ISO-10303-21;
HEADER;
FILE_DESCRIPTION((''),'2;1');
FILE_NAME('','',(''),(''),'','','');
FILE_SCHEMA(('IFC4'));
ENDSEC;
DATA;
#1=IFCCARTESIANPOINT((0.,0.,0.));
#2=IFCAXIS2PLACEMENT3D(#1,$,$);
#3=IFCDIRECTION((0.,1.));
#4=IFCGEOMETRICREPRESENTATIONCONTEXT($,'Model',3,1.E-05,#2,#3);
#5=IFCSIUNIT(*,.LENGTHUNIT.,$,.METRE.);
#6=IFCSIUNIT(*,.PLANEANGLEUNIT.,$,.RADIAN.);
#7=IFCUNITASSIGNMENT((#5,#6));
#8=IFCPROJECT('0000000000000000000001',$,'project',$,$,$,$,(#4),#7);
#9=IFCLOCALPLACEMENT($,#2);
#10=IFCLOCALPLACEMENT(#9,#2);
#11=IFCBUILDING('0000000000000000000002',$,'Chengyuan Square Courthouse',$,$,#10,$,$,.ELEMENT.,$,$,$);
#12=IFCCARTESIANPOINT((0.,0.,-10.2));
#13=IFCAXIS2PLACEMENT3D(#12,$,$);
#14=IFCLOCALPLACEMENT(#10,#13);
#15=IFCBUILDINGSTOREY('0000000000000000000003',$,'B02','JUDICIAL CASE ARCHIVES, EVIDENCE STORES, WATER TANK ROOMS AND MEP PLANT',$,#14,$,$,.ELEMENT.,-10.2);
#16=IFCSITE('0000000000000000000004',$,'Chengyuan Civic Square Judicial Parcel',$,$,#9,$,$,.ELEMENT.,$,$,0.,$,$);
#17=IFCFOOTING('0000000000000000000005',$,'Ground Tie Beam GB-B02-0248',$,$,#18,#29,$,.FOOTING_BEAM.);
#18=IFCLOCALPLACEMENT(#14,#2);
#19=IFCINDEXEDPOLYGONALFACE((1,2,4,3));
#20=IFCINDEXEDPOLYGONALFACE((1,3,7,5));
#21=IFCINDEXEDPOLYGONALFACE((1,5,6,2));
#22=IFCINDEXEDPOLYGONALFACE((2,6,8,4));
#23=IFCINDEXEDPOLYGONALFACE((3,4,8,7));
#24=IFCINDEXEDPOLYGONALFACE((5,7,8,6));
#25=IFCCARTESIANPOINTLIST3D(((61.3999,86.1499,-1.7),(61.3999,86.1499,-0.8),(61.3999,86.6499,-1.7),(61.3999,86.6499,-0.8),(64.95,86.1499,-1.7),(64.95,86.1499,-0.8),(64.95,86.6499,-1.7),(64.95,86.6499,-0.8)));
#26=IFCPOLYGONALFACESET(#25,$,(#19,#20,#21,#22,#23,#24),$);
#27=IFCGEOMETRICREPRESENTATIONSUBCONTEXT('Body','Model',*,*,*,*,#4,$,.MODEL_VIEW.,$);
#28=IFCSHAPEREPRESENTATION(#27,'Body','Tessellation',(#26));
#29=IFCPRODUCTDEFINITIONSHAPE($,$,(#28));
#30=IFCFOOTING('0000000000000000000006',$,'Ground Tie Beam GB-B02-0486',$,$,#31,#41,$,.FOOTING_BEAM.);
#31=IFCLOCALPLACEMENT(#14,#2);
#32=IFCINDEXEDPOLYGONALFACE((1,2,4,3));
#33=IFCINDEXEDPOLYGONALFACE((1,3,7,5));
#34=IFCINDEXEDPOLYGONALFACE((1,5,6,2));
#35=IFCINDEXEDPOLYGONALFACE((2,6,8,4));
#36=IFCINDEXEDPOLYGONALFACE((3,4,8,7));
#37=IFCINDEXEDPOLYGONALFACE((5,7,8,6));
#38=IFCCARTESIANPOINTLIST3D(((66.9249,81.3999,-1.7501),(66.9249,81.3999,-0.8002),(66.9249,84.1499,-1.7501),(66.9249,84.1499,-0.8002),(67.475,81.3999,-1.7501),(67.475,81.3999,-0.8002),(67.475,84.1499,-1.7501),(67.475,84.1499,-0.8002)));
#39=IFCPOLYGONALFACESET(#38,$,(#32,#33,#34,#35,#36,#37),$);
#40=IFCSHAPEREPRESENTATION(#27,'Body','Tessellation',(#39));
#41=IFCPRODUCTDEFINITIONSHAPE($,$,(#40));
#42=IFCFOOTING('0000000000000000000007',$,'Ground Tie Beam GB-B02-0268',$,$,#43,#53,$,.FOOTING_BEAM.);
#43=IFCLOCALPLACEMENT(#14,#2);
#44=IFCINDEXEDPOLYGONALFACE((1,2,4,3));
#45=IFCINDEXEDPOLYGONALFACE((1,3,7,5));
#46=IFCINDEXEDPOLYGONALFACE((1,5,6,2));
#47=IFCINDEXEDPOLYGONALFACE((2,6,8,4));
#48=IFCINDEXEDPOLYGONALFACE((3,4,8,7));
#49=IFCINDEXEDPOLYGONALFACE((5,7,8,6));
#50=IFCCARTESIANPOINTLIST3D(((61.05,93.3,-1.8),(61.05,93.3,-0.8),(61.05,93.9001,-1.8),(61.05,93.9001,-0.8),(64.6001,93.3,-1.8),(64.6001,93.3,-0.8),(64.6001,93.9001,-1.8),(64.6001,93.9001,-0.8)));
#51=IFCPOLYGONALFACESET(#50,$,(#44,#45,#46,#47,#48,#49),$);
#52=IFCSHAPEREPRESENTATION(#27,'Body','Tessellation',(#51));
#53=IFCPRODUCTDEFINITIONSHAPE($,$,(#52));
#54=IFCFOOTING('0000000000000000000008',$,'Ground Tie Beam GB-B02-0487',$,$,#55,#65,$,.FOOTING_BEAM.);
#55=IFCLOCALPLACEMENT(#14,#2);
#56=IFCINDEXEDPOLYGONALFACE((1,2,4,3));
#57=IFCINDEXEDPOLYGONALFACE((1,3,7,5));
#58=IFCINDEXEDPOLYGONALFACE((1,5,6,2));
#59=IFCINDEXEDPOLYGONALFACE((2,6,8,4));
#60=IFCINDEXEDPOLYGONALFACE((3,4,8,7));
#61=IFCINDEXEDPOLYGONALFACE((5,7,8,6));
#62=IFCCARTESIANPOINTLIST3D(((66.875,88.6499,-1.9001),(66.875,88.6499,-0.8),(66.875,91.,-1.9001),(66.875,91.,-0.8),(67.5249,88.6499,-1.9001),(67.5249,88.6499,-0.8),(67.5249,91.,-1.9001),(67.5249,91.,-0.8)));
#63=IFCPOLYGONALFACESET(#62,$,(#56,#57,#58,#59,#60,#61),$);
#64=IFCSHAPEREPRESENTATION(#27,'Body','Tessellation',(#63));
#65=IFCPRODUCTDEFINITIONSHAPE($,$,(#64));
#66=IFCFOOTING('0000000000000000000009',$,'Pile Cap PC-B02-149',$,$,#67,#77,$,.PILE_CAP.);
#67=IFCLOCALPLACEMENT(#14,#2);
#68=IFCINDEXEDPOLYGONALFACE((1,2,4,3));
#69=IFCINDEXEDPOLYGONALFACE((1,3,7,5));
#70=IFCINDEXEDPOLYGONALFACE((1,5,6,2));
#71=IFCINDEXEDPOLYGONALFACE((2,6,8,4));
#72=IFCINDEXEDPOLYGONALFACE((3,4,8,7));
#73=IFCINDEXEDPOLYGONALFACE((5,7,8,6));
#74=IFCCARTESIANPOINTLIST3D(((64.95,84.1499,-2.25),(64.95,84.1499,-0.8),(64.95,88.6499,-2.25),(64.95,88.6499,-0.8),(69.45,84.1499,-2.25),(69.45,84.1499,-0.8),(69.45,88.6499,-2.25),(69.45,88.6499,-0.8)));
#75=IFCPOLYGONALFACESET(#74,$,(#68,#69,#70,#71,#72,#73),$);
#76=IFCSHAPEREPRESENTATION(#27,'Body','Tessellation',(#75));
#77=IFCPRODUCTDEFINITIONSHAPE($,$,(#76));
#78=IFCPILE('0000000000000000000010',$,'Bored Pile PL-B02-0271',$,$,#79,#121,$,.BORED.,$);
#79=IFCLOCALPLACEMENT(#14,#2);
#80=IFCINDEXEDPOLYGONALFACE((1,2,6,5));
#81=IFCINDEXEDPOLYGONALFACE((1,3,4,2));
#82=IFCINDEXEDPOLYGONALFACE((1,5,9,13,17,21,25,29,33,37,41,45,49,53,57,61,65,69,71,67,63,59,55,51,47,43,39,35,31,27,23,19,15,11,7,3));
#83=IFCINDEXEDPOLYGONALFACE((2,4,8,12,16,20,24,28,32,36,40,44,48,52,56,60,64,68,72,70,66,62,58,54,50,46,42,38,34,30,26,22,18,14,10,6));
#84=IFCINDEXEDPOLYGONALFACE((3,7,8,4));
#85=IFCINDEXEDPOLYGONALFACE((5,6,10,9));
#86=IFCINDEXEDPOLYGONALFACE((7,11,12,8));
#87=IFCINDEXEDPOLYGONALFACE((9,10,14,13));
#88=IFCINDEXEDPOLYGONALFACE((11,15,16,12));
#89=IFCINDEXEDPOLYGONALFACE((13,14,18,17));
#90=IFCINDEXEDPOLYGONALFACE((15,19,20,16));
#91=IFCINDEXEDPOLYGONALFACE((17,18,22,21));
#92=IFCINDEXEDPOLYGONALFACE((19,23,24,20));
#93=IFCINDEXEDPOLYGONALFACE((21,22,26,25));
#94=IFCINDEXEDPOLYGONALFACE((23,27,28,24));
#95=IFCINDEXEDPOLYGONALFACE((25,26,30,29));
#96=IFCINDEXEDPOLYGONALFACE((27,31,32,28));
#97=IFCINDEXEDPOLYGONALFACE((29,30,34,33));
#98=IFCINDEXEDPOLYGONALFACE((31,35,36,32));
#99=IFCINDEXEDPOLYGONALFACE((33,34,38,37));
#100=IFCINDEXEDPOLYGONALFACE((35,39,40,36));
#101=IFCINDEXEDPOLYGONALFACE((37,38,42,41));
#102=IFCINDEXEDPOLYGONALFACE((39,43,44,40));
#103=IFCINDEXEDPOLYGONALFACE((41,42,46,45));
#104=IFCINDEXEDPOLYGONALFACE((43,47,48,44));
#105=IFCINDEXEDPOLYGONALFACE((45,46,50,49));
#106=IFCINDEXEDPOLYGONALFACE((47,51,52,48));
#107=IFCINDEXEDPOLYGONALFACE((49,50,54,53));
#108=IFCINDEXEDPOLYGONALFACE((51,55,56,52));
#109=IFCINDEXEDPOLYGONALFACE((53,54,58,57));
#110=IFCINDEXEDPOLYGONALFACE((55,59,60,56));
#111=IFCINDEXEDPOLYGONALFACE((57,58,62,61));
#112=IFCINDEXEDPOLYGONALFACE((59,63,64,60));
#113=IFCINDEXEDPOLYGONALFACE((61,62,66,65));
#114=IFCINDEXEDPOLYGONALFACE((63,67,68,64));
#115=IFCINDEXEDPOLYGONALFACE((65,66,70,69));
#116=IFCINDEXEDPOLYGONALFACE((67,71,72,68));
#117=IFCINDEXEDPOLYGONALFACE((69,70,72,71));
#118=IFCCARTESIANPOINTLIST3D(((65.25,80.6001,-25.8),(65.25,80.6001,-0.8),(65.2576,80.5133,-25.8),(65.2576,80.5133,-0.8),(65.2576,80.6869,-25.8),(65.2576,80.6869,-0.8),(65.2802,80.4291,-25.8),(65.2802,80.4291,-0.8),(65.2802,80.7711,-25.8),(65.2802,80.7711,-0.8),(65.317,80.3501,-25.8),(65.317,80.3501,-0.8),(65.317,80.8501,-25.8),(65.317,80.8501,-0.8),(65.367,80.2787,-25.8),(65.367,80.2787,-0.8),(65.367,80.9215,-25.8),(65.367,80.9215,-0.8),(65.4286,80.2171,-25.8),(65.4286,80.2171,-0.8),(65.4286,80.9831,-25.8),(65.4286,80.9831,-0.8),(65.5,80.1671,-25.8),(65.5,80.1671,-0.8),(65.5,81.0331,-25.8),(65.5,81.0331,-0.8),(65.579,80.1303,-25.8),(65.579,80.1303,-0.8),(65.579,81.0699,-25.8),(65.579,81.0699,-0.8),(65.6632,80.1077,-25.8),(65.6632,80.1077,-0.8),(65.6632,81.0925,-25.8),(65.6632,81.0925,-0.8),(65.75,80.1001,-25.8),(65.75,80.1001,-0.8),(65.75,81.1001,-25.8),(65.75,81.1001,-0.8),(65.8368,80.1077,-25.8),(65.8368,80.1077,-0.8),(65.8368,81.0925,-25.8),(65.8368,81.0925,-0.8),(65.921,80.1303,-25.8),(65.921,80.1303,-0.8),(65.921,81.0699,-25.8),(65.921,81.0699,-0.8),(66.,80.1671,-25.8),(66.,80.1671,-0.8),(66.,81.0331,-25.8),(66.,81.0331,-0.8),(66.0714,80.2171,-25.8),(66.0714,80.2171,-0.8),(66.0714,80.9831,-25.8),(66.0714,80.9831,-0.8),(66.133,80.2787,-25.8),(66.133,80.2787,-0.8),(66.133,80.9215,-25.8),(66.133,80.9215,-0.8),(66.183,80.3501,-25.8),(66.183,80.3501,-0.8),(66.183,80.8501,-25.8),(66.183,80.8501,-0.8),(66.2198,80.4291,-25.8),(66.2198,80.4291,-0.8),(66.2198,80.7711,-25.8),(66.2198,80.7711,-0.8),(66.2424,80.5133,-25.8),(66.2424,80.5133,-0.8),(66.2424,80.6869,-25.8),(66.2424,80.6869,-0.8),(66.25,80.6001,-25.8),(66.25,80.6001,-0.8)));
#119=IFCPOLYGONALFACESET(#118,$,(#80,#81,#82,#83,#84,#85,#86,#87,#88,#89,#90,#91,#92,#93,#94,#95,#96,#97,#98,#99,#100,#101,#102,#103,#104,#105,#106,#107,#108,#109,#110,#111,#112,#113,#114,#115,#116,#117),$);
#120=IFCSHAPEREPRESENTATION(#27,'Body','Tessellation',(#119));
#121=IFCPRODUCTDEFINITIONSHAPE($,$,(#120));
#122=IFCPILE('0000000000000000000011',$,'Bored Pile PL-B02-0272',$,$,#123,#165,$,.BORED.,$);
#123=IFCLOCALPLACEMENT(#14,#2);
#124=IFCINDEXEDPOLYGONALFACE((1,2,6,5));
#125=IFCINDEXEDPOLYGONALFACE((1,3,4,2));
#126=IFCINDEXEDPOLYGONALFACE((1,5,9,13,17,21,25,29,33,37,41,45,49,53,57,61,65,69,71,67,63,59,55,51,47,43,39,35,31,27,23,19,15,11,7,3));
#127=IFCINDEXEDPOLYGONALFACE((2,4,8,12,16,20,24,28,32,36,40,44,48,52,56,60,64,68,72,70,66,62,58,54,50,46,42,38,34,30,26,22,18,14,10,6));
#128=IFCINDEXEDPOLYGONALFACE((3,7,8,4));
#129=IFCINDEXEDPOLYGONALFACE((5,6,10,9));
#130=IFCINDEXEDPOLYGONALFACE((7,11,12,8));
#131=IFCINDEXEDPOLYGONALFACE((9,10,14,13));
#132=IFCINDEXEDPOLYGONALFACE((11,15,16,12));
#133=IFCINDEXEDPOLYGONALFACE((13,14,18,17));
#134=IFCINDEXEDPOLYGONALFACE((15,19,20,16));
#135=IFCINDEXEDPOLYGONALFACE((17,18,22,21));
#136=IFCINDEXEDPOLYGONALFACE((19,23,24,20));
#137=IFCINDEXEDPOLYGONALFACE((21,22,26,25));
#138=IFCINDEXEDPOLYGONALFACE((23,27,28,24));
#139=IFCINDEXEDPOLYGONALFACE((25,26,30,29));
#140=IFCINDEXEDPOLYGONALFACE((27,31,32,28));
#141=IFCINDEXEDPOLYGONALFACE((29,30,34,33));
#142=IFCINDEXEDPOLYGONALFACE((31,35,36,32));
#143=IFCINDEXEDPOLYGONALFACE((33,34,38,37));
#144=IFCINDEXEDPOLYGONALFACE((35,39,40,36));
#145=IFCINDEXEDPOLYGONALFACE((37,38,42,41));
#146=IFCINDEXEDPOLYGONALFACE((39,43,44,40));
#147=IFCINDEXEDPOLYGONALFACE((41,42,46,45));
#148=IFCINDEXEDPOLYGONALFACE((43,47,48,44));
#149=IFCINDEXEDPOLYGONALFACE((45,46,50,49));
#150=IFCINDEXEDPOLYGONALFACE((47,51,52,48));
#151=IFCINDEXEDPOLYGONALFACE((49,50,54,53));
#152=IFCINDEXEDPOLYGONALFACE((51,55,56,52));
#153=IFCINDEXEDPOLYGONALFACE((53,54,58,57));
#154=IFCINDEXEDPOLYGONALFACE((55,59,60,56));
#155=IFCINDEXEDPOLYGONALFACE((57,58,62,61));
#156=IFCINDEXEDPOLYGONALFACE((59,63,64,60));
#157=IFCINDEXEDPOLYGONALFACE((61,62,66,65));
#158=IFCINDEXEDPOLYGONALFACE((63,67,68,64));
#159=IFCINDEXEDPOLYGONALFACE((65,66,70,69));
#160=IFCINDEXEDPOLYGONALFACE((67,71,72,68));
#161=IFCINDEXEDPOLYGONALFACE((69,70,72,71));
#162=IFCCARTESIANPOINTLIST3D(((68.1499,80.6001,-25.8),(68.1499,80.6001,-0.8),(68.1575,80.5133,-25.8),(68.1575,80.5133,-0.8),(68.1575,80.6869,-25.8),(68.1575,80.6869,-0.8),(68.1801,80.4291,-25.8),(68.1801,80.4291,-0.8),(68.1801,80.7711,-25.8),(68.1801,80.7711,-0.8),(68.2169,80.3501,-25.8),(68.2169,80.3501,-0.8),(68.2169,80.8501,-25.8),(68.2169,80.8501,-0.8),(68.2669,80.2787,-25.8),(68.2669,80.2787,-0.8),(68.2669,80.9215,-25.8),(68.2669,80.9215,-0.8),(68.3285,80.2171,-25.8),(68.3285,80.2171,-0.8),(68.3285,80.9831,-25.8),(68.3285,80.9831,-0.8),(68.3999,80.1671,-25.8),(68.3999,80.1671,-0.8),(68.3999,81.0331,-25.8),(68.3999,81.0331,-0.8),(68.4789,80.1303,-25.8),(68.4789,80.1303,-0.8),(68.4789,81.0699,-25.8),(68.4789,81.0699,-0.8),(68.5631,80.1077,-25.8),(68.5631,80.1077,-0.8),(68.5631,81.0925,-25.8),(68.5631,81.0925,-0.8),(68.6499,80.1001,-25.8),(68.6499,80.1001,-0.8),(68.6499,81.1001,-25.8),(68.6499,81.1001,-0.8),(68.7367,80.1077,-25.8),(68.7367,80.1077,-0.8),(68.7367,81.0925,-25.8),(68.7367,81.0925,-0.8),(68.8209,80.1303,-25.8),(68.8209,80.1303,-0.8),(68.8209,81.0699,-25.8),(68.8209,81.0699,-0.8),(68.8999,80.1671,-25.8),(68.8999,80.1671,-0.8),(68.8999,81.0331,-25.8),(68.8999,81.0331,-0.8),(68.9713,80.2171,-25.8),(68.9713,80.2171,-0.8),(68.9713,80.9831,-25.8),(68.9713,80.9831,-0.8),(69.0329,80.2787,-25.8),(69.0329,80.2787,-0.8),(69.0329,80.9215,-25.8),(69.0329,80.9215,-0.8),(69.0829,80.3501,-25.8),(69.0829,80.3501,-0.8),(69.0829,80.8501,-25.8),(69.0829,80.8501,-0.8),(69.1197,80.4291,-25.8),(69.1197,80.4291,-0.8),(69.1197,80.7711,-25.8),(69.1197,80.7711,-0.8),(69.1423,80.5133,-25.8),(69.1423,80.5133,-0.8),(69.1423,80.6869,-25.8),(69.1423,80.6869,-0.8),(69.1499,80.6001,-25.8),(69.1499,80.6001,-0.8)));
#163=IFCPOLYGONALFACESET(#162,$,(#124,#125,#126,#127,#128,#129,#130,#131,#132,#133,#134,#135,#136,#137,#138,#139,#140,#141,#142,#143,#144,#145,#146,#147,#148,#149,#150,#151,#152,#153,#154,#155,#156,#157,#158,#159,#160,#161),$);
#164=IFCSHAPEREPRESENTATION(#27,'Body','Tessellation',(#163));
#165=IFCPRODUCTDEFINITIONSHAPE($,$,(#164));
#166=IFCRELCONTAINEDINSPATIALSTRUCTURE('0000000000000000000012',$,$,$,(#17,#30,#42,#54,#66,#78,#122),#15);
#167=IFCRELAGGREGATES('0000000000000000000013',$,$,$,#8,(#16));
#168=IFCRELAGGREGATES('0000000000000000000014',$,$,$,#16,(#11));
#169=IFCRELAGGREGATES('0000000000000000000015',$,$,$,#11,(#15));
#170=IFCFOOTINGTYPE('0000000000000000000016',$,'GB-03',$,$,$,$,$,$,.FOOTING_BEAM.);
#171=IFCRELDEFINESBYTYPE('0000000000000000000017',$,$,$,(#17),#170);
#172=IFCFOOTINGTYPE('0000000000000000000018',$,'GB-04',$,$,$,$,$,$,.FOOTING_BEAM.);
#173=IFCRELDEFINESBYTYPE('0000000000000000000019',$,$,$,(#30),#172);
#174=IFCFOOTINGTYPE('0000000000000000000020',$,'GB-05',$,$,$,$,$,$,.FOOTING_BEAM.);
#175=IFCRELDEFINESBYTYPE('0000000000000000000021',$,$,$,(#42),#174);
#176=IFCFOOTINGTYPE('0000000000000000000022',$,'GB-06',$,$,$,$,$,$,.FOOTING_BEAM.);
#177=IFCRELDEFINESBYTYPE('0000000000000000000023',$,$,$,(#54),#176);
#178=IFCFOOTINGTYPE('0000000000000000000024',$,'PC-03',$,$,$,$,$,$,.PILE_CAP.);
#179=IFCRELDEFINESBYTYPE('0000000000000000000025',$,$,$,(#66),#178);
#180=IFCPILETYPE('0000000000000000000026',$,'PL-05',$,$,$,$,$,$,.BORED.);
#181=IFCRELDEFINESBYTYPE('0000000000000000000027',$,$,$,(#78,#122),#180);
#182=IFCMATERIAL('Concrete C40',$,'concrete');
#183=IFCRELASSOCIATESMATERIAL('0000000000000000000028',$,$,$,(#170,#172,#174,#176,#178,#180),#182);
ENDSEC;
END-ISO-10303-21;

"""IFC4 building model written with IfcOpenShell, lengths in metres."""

from ifc_helpers import new_model, si_unit, direction, frame, origin, origin_2d, place, context, subcontext, project, spatial, rectangle, circle, extrude, material, material_profile, profile_set, type_object, element, save


model = new_model("IFC4")

# Units and contexts
model_context = context("Model", 3, precision=1e-05, world=origin(), true_north=direction((0.0, 1.0)))
body_context = subcontext(model_context, "Body", "Model", "MODEL_VIEW")
ifc_project = project(units=[si_unit("LENGTHUNIT", "METRE"), si_unit("PLANEANGLEUNIT", "RADIAN")], contexts=[model_context])

# Site, building, storey
site_placement = place(None, origin())
site = spatial("IfcSite", under=ifc_project, at=site_placement, Name="Chengyuan Civic Square Judicial Parcel", CompositionType="ELEMENT", RefElevation=0.0)
building_placement = place(site_placement, origin())
building = spatial("IfcBuilding", under=site, at=building_placement, Name="Chengyuan Square Courthouse", CompositionType="ELEMENT")
storey_placement = place(building_placement, frame((0.0, 0.0, -10.2)))
storey = spatial("IfcBuildingStorey", under=building, at=storey_placement, Name="B02", Description="JUDICIAL CASE ARCHIVES, EVIDENCE STORES, WATER TANK ROOMS AND MEP PLANT", CompositionType="ELEMENT", Elevation=-10.2)

# Footings
ifc_material_1 = material(Name="Concrete C40", Category="concrete")
ifc_material_profile_1 = material_profile(ifc_material_1, rectangle(XDim=0.5, YDim=0.8999, at=origin_2d()), Name="GB-500x900")
ifc_profile_set_1 = profile_set([ifc_material_profile_1], Name="Concrete C40")
footing_type_1 = type_object("IfcFootingType", Name="GB-03", PredefinedType="FOOTING_BEAM", material=ifc_profile_set_1)
footing_1_placement = place(storey_placement, frame((61.3999, 86.3999, -1.25), z_axis=(1.0, 0.0, 0.0), x_axis=(0.0, 1.0, 0.0)))
element("IfcFooting", 1, at=footing_1_placement, inside=storey, type_object=footing_type_1, Name="Ground Tie Beam GB-B02-0248", PredefinedType="FOOTING_BEAM", context=body_context, shape_type="SweptSolid", body=[
    extrude(rectangle(XDim=0.5, YDim=0.8999, at=origin_2d()), origin(), (0.0, 0.0, 1.0), 3.55),
])
ifc_material_profile_2 = material_profile(ifc_material_1, rectangle(XDim=0.55, YDim=0.95, at=origin_2d()), Name="GB-550x950")
ifc_profile_set_2 = profile_set([ifc_material_profile_2], Name="Concrete C40")
footing_type_2 = type_object("IfcFootingType", Name="GB-04", PredefinedType="FOOTING_BEAM", material=ifc_profile_set_2)
footing_2_placement = place(storey_placement, frame((67.2, 81.3999, -1.2751), z_axis=(0.0, 1.0, 0.0), x_axis=(-1.0, 0.0, 0.0)))
element("IfcFooting", 2, at=footing_2_placement, inside=storey, type_object=footing_type_2, Name="Ground Tie Beam GB-B02-0486", PredefinedType="FOOTING_BEAM", context=body_context, shape_type="SweptSolid", body=[
    extrude(rectangle(XDim=0.55, YDim=0.95, at=origin_2d()), origin(), (0.0, 0.0, 1.0), 2.75),
])
ifc_material_profile_3 = material_profile(ifc_material_1, rectangle(XDim=0.6001, YDim=1.0, at=origin_2d()), Name="GB-600x1000")
ifc_profile_set_3 = profile_set([ifc_material_profile_3], Name="Concrete C40")
footing_type_3 = type_object("IfcFootingType", Name="GB-05", PredefinedType="FOOTING_BEAM", material=ifc_profile_set_3)
footing_3_placement = place(storey_placement, frame((61.05, 93.6001, -1.3), z_axis=(1.0, 0.0, 0.0), x_axis=(0.0, 1.0, 0.0)))
element("IfcFooting", 3, at=footing_3_placement, inside=storey, type_object=footing_type_3, Name="Ground Tie Beam GB-B02-0268", PredefinedType="FOOTING_BEAM", context=body_context, shape_type="SweptSolid", body=[
    extrude(rectangle(XDim=0.6001, YDim=1.0, at=origin_2d()), origin(), (0.0, 0.0, 1.0), 3.55),
])
ifc_material_profile_4 = material_profile(ifc_material_1, rectangle(XDim=0.6499, YDim=1.1001, at=origin_2d()), Name="GB-650x1100")
ifc_profile_set_4 = profile_set([ifc_material_profile_4], Name="Concrete C40")
footing_type_4 = type_object("IfcFootingType", Name="GB-06", PredefinedType="FOOTING_BEAM", material=ifc_profile_set_4)
footing_4_placement = place(storey_placement, frame((67.2, 88.6499, -1.3501), z_axis=(0.0, 1.0, 0.0), x_axis=(-1.0, 0.0, 0.0)))
element("IfcFooting", 4, at=footing_4_placement, inside=storey, type_object=footing_type_4, Name="Ground Tie Beam GB-B02-0487", PredefinedType="FOOTING_BEAM", context=body_context, shape_type="SweptSolid", body=[
    extrude(rectangle(XDim=0.6499, YDim=1.1001, at=origin_2d()), origin(), (0.0, 0.0, 1.0), 2.3501),
])
footing_type_5 = type_object("IfcFootingType", Name="PC-03", PredefinedType="PILE_CAP", material=ifc_material_1)
footing_5_placement = place(storey_placement, frame((67.2, 86.3999, -2.25), z_axis=(0.0, 0.0, 1.0), x_axis=(1.0, 0.0, 0.0)))
element("IfcFooting", 5, at=footing_5_placement, inside=storey, type_object=footing_type_5, Name="Pile Cap PC-B02-149", PredefinedType="PILE_CAP", context=body_context, shape_type="SweptSolid", body=[
    extrude(rectangle(XDim=4.5, YDim=4.5, at=origin_2d()), origin(), (0.0, 0.0, 1.0), 1.45),
])

# Piles
ifc_material_profile_5 = material_profile(ifc_material_1, circle(Radius=0.5, at=origin_2d()), Name="BORED PILE D1000")
ifc_profile_set_5 = profile_set([ifc_material_profile_5], Name="Concrete C40")
pile_type_1 = type_object("IfcPileType", Name="PL-05", PredefinedType="BORED", material=ifc_profile_set_5)
for number, where, z_axis, x_axis, name in (
    (6, (65.75, 80.6001, -0.8), (0.0, 0.0, -1.0), (1.0, 0.0, 0.0), "Bored Pile PL-B02-0271"),
    (7, (68.6499, 80.6001, -0.8), (0.0, 0.0, -1.0), (1.0, 0.0, 0.0), "Bored Pile PL-B02-0272"),
):
    element("IfcPile", number, at=place(storey_placement, frame(where, z_axis=z_axis, x_axis=x_axis)), inside=storey, type_object=pile_type_1, Name=name, PredefinedType="BORED", context=body_context, shape_type="SweptSolid", body=[
        extrude(circle(Radius=0.5, at=origin_2d()), origin(), (0.0, 0.0, 1.0), 25.0),
    ])

save(model, "model.ifc")
